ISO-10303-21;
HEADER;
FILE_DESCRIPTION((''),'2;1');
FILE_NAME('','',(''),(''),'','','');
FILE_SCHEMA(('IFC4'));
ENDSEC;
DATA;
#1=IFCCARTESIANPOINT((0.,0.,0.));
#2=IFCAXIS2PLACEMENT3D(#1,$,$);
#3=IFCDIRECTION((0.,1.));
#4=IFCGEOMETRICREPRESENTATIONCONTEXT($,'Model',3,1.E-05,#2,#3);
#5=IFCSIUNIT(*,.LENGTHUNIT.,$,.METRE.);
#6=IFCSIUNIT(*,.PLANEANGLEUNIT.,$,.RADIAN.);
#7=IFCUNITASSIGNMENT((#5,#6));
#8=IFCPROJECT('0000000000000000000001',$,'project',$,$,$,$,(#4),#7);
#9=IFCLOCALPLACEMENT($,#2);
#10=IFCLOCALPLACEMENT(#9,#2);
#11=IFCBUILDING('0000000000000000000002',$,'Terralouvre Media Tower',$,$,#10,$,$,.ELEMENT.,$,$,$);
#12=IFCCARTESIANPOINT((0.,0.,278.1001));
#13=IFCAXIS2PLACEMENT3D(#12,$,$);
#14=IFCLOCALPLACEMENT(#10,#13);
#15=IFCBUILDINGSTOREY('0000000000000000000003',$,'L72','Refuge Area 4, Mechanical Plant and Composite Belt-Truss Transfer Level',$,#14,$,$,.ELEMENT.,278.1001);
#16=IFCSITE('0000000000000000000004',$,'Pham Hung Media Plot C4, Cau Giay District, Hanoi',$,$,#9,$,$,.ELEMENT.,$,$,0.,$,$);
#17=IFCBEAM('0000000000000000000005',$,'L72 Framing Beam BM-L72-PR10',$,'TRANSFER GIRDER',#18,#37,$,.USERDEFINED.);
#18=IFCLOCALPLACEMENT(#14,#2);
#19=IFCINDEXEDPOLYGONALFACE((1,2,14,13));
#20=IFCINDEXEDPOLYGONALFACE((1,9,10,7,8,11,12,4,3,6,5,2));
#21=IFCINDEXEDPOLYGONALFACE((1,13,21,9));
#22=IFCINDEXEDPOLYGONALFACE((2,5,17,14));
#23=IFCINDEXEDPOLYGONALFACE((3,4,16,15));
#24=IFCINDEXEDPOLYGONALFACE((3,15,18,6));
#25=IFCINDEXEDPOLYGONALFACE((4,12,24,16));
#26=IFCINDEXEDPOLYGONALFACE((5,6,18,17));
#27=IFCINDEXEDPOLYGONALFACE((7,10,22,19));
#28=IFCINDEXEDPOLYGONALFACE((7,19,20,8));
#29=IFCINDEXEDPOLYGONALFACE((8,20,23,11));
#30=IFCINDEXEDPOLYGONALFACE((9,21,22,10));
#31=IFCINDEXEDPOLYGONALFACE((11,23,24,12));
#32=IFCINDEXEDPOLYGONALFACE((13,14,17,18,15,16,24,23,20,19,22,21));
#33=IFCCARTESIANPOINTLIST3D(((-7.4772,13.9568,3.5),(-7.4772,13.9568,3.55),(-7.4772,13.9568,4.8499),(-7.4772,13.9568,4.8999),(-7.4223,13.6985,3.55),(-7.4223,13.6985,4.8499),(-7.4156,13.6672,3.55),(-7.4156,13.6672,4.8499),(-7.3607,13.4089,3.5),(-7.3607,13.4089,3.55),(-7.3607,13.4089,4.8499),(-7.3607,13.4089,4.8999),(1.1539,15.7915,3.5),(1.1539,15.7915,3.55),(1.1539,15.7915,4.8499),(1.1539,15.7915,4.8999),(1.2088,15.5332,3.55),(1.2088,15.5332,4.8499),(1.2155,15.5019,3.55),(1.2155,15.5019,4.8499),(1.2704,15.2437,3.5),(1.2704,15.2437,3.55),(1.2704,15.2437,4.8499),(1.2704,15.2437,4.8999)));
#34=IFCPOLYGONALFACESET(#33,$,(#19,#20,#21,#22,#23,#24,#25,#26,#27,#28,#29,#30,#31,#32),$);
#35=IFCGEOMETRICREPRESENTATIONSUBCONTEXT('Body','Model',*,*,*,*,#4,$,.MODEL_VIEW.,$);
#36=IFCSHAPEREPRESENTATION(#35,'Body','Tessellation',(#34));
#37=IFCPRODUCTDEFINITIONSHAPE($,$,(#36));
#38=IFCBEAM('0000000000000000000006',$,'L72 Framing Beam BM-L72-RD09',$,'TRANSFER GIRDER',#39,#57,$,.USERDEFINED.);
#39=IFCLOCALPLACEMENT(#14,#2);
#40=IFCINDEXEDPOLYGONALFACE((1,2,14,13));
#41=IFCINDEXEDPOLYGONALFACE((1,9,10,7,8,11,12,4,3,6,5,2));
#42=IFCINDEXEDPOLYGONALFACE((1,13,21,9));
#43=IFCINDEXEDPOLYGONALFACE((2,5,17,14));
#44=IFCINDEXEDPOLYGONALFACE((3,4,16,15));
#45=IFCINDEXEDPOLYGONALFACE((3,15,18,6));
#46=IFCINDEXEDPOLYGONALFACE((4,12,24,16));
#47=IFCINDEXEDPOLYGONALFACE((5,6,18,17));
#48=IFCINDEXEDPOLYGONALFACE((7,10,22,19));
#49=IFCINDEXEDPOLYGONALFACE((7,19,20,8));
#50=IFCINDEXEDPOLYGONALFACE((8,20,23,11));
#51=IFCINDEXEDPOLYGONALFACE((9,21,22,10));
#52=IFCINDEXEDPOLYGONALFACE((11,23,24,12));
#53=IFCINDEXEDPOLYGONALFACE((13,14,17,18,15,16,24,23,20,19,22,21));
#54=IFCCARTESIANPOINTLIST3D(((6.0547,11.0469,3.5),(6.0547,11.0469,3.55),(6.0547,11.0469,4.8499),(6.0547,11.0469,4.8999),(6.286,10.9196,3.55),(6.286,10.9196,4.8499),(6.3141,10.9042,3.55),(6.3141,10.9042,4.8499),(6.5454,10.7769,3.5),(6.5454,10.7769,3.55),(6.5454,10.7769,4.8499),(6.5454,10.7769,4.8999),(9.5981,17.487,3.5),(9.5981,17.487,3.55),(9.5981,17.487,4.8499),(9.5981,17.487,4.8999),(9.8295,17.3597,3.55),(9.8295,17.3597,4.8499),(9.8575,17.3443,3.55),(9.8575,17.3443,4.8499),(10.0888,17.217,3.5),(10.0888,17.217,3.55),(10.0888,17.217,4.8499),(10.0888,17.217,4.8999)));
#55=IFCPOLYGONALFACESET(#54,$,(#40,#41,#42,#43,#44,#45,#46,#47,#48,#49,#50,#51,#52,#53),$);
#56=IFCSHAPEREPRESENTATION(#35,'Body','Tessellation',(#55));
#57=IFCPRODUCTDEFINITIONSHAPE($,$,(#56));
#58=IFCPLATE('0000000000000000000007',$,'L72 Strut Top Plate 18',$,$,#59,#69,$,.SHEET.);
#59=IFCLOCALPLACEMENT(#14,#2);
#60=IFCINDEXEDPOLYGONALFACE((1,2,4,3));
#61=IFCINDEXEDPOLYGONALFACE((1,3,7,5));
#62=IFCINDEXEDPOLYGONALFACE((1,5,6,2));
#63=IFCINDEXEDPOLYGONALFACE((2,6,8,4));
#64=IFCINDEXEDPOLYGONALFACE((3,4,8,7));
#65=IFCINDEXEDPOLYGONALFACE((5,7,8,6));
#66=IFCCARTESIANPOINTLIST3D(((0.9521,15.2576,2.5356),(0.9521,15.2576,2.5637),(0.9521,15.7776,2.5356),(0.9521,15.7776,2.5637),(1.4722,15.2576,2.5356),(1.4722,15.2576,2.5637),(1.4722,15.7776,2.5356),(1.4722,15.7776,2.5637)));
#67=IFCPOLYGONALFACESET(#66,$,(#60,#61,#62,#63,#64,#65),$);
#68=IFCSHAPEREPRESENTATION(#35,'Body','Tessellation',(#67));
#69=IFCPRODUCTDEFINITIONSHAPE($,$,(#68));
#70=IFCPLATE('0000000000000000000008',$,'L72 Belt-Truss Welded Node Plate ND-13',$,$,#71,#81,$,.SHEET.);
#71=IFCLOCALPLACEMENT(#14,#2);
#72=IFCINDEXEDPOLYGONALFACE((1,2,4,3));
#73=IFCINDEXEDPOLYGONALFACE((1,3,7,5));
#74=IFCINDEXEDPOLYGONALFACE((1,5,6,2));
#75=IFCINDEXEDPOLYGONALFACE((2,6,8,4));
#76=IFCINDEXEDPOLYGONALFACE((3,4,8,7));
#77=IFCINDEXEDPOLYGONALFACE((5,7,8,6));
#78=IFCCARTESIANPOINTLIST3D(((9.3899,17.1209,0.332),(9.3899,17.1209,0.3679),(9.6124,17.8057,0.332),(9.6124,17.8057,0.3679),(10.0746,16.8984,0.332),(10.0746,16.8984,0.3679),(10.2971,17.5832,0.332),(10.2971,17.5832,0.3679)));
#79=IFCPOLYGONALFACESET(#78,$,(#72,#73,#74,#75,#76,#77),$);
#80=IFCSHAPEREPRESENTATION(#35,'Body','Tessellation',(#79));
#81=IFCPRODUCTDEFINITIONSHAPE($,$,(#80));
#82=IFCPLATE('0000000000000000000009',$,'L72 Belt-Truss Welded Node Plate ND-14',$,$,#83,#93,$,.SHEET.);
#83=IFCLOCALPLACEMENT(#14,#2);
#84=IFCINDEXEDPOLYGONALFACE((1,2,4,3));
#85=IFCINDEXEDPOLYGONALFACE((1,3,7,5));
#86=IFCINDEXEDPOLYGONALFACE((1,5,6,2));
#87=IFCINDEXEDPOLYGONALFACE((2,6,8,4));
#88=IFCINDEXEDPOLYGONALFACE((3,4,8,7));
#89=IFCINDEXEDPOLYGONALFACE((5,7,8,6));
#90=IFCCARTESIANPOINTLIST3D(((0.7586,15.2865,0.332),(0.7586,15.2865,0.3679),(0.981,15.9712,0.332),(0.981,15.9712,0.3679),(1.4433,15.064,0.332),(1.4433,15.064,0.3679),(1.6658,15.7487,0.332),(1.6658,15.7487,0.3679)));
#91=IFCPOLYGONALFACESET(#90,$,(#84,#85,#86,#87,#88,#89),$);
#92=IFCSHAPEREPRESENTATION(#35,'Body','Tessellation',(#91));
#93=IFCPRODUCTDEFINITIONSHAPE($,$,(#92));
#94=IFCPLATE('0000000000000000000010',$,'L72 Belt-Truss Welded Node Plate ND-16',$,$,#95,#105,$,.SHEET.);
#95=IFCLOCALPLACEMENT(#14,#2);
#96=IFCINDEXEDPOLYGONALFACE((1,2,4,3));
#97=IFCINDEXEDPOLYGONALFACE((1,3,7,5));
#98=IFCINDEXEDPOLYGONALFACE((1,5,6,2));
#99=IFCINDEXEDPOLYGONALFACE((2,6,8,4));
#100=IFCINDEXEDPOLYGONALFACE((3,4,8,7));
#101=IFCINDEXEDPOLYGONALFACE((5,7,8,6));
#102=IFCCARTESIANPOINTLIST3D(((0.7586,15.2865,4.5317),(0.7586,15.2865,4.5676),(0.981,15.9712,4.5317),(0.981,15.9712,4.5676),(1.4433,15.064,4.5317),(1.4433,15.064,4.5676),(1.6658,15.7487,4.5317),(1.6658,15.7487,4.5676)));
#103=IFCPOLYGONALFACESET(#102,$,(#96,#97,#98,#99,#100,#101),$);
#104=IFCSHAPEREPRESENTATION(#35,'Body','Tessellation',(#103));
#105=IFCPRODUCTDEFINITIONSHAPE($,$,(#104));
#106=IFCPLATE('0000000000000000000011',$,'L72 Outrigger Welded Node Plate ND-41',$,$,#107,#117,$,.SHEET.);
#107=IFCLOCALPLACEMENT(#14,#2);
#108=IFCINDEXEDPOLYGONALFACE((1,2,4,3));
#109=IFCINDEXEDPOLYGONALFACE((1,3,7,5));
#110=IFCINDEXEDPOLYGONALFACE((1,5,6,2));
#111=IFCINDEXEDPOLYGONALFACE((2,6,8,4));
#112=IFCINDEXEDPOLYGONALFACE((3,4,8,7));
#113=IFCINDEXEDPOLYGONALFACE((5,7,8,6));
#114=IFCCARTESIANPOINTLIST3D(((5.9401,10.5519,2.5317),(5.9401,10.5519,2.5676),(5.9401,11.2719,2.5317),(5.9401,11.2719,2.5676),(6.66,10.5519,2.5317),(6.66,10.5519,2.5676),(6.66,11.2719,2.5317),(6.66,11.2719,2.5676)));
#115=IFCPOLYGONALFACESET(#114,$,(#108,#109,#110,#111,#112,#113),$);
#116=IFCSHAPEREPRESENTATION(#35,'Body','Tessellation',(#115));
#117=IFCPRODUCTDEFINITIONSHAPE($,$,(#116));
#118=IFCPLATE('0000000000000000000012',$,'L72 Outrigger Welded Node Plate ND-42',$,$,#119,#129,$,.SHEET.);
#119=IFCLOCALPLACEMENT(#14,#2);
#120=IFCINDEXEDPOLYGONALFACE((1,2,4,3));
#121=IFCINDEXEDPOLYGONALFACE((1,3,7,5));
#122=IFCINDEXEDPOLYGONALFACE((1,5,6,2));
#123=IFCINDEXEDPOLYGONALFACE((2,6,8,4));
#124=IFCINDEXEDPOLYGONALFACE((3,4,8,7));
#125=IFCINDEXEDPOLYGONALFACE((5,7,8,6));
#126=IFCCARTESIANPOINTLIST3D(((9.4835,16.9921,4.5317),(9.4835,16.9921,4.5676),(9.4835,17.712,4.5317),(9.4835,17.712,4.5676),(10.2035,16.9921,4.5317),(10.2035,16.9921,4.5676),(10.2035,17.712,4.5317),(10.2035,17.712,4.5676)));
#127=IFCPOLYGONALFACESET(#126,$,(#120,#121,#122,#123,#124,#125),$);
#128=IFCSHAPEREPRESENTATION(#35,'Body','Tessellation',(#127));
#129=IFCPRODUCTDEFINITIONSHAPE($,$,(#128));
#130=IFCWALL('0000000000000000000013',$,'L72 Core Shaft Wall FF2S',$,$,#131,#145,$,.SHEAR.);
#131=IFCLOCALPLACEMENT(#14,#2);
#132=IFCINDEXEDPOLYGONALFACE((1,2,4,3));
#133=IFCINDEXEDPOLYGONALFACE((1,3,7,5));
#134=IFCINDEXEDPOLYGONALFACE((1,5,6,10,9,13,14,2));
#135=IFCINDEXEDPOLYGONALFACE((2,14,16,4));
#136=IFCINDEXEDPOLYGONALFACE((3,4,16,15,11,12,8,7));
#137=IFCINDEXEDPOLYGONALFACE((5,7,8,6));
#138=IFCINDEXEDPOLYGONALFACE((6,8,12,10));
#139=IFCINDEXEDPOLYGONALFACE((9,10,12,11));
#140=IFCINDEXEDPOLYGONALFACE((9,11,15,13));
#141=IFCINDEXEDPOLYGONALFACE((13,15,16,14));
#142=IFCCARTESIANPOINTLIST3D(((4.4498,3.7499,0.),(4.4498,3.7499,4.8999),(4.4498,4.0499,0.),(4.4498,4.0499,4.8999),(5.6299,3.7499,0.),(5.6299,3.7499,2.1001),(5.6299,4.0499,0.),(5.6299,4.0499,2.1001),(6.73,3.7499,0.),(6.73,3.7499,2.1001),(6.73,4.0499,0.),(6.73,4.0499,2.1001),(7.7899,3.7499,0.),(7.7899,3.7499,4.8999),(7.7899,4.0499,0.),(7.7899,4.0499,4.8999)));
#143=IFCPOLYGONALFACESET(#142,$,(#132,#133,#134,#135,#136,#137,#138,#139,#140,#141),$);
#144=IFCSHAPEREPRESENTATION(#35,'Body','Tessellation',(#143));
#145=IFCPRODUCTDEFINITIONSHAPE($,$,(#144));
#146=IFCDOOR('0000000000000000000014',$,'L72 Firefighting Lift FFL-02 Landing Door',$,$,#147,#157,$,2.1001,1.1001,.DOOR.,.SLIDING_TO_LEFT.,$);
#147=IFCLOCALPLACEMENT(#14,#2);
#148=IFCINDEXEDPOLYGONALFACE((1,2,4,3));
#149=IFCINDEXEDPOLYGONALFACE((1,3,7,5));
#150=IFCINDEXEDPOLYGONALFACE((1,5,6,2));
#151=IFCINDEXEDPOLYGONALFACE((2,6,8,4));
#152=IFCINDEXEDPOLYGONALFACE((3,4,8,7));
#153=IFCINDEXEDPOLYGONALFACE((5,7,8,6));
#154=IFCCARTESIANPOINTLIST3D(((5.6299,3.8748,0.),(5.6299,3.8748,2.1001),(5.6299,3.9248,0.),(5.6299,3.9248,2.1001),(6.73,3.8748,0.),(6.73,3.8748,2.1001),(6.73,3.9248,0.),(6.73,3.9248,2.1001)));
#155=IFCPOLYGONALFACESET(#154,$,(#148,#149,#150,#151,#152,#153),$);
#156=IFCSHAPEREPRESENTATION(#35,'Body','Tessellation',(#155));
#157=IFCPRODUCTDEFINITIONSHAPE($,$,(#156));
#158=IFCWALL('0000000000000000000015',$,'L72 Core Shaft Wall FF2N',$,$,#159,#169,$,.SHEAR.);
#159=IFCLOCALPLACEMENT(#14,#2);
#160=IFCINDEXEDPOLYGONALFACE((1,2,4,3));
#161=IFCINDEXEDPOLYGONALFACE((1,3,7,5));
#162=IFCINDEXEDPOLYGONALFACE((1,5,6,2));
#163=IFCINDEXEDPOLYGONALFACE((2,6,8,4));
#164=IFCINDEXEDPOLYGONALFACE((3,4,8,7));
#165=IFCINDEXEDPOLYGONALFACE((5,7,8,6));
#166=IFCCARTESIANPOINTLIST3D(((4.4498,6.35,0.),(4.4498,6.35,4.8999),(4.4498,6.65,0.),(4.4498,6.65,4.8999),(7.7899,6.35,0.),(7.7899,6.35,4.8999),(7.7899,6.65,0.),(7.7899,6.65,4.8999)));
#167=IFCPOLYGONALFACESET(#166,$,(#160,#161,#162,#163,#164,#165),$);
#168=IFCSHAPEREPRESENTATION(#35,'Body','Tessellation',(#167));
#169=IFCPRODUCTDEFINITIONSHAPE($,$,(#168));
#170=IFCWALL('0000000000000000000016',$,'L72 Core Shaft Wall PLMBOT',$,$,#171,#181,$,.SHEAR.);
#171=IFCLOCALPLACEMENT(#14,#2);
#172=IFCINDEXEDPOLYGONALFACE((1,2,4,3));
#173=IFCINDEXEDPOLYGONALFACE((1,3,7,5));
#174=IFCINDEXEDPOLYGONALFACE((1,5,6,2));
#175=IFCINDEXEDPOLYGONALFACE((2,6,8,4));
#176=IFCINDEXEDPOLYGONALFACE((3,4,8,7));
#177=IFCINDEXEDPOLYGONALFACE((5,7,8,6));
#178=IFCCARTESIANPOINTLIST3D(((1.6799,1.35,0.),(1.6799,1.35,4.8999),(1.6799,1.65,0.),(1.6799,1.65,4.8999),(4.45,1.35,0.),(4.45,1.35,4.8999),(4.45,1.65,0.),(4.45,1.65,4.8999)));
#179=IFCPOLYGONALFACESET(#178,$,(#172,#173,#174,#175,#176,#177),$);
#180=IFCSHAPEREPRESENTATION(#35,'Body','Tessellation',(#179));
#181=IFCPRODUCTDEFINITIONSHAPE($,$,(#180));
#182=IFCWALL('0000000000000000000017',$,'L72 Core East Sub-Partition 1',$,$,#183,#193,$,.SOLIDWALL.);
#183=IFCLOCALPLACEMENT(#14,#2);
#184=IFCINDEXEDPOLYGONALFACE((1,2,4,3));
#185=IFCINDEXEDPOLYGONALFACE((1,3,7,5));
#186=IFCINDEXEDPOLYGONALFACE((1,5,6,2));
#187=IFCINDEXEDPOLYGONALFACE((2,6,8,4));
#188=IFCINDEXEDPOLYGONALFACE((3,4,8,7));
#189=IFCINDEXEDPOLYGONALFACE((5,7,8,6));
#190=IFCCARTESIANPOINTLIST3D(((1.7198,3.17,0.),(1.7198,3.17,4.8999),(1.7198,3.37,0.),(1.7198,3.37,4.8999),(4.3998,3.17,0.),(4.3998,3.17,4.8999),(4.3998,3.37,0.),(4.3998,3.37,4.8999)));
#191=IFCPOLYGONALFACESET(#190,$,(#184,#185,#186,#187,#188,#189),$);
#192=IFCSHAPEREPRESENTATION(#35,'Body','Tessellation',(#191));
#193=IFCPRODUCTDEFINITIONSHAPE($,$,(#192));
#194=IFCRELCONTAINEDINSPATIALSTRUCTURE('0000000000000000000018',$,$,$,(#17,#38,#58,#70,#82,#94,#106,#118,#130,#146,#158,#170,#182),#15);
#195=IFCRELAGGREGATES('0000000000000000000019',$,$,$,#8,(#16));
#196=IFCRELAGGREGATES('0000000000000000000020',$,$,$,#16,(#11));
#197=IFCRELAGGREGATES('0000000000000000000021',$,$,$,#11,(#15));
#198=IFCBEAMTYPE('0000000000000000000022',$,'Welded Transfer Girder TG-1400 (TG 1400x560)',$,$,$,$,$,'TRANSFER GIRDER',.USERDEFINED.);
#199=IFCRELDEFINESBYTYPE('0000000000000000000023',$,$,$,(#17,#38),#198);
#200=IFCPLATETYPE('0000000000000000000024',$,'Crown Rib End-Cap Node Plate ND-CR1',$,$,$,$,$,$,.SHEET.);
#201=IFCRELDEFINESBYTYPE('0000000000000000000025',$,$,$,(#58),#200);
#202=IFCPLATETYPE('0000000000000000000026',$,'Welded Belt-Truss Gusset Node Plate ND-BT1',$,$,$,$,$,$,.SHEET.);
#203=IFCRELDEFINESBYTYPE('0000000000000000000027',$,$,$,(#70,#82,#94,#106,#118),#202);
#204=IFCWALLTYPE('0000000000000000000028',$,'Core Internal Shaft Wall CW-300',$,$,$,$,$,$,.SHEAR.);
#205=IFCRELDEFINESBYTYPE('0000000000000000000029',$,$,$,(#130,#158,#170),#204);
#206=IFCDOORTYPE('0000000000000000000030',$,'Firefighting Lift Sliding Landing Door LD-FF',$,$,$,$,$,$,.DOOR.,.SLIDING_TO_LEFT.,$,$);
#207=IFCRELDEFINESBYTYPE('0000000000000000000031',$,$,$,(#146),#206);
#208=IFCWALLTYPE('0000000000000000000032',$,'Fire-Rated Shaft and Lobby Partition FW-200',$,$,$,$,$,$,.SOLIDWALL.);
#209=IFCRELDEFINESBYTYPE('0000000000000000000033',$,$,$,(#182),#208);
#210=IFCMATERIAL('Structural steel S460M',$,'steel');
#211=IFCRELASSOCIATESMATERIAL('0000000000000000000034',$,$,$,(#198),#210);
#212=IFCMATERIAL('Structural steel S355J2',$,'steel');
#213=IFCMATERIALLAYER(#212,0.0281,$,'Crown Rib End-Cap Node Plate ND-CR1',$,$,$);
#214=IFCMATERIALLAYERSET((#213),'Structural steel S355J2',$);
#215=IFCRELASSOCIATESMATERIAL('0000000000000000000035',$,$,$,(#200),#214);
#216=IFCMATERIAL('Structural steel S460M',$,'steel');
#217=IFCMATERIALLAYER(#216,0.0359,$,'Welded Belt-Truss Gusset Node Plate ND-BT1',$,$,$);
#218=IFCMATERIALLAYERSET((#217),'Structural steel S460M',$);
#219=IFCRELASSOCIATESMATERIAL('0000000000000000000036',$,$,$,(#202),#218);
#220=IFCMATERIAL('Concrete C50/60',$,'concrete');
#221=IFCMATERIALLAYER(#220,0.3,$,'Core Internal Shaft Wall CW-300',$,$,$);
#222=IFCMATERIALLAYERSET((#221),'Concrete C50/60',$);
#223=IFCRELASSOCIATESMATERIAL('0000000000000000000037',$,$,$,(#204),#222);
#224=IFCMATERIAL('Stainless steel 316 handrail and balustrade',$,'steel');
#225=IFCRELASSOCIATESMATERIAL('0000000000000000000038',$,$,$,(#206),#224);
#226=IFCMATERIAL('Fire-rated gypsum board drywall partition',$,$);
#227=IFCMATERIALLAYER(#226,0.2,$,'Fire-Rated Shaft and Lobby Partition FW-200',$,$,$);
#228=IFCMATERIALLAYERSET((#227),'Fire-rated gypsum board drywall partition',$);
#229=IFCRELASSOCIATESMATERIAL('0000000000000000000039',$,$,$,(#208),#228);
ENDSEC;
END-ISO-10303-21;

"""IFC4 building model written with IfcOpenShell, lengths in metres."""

from ifc_helpers import new_model, si_unit, direction, frame, frame_2d, origin, origin_2d, place, context, subcontext, project, spatial, rectangle, i_section, extrude, material, layer, layer_set, material_profile, profile_set, type_object, element, fill, save


model = new_model("IFC4")

# Units and contexts
model_context = context("Model", 3, precision=1e-05, world=origin(), true_north=direction((0.0, 1.0)))
body_context = subcontext(model_context, "Body", "Model", "MODEL_VIEW")
ifc_project = project(units=[si_unit("LENGTHUNIT", "METRE"), si_unit("PLANEANGLEUNIT", "RADIAN")], contexts=[model_context])

# Site, building, storey
site_placement = place(None, origin())
site = spatial("IfcSite", under=ifc_project, at=site_placement, Name="Pham Hung Media Plot C4, Cau Giay District, Hanoi", CompositionType="ELEMENT", RefElevation=0.0)
building_placement = place(site_placement, origin())
building = spatial("IfcBuilding", under=site, at=building_placement, Name="Terralouvre Media Tower", CompositionType="ELEMENT")
storey_placement = place(building_placement, frame((0.0, 0.0, 278.1001)))
storey = spatial("IfcBuildingStorey", under=building, at=storey_placement, Name="L72", Description="Refuge Area 4, Mechanical Plant and Composite Belt-Truss Transfer Level", CompositionType="ELEMENT", Elevation=278.1001)

# Beams
ifc_material_1 = material(Name="Structural steel S460M", Category="steel")
ifc_material_profile_1 = material_profile(ifc_material_1, i_section(OverallWidth=0.5601, OverallDepth=1.3999, WebThickness=0.032, FlangeThickness=0.05, at=origin_2d()), Name="TG 1400x560")
ifc_profile_set_1 = profile_set([ifc_material_profile_1], Name="Structural steel S460M")
beam_type_1 = type_object("IfcBeamType", Name="Welded Transfer Girder TG-1400 (TG 1400x560)", ElementType="TRANSFER GIRDER", PredefinedType="USERDEFINED", material=ifc_profile_set_1)
beam_1_placement = place(storey_placement, frame((1.2122, 15.5176, 4.2), z_axis=(-0.978145, -0.207925, 0.0), x_axis=(0.207925, -0.978145, 0.0)))
element("IfcBeam", 1, at=beam_1_placement, inside=storey, type_object=beam_type_1, Name="L72 Framing Beam BM-L72-PR10", ObjectType="TRANSFER GIRDER", PredefinedType="USERDEFINED", context=body_context, shape_type="SweptSolid", body=[
    extrude(i_section(OverallWidth=0.5601, OverallDepth=1.3999, WebThickness=0.032, FlangeThickness=0.05, at=origin_2d()), origin(), (0.0, 0.0, 1.0), 8.824),
])
beam_2_placement = place(storey_placement, frame((6.3, 10.9119, 4.2), z_axis=(0.48206, 0.876138, 0.0), x_axis=(-0.876138, 0.48206, 0.0)))
element("IfcBeam", 2, at=beam_2_placement, inside=storey, type_object=beam_type_1, Name="L72 Framing Beam BM-L72-RD09", ObjectType="TRANSFER GIRDER", PredefinedType="USERDEFINED", context=body_context, shape_type="SweptSolid", body=[
    extrude(i_section(OverallWidth=0.5601, OverallDepth=1.3999, WebThickness=0.032, FlangeThickness=0.05, at=origin_2d()), origin(), (0.0, 0.0, 1.0), 7.3506),
])

# Plates
ifc_material_2 = material(Name="Structural steel S355J2", Category="steel")
ifc_layer_1 = layer(ifc_material_2, 0.0281, Name="Crown Rib End-Cap Node Plate ND-CR1")
ifc_layer_set_1 = layer_set([ifc_layer_1], Name="Structural steel S355J2")
plate_type_1 = type_object("IfcPlateType", Name="Crown Rib End-Cap Node Plate ND-CR1", PredefinedType="SHEET", material=ifc_layer_set_1)
plate_placement = place(storey_placement, frame((1.2122, 15.5176, 2.5356), z_axis=(0.0, 0.0, 1.0), x_axis=(1.0, 0.0, 0.0)))
element("IfcPlate", 3, at=plate_placement, inside=storey, type_object=plate_type_1, Name="L72 Strut Top Plate 18", PredefinedType="SHEET", context=body_context, shape_type="SweptSolid", body=[
    extrude(rectangle(XDim=0.52, YDim=0.52, at=origin_2d()), origin(), (0.0, 0.0, 1.0), 0.0281),
])
ifc_material_3 = material(Name="Structural steel S460M", Category="steel")
ifc_layer_2 = layer(ifc_material_3, 0.0359, Name="Welded Belt-Truss Gusset Node Plate ND-BT1")
ifc_layer_set_2 = layer_set([ifc_layer_2], Name="Structural steel S460M")
plate_type_2 = type_object("IfcPlateType", Name="Welded Belt-Truss Gusset Node Plate ND-BT1", PredefinedType="SHEET", material=ifc_layer_set_2)
for number, where, z_axis, x_axis, name in (
    (4, (9.8435, 17.3521, 0.332), (0.0, 0.0, 1.0), (0.309017, 0.951057, 0.0), "L72 Belt-Truss Welded Node Plate ND-13"),
    (5, (1.2122, 15.5176, 0.332), (0.0, 0.0, 1.0), (0.309017, 0.951057, 0.0), "L72 Belt-Truss Welded Node Plate ND-14"),
    (6, (1.2122, 15.5176, 4.5317), (0.0, 0.0, 1.0), (0.309017, 0.951057, 0.0), "L72 Belt-Truss Welded Node Plate ND-16"),
    (7, (6.3, 10.9119, 2.5317), (0.0, 0.0, 1.0), (1.0, 0.0, 0.0), "L72 Outrigger Welded Node Plate ND-41"),
    (8, (9.8435, 17.3521, 4.5317), (0.0, 0.0, 1.0), (1.0, 0.0, 0.0), "L72 Outrigger Welded Node Plate ND-42"),
):
    element("IfcPlate", number, at=place(storey_placement, frame(where, z_axis=z_axis, x_axis=x_axis)), inside=storey, type_object=plate_type_2, Name=name, PredefinedType="SHEET", context=body_context, shape_type="SweptSolid", body=[
        extrude(rectangle(XDim=0.72, YDim=0.72, at=origin_2d()), origin(), (0.0, 0.0, 1.0), 0.0359),
    ])

# Wall, opening, door
ifc_material_4 = material(Name="Concrete C50/60", Category="concrete")
ifc_layer_3 = layer(ifc_material_4, 0.3, Name="Core Internal Shaft Wall CW-300")
ifc_layer_set_3 = layer_set([ifc_layer_3], Name="Concrete C50/60")
wall_type_1 = type_object("IfcWallType", Name="Core Internal Shaft Wall CW-300", PredefinedType="SHEAR", material=ifc_layer_set_3)
wall_1_placement = place(storey_placement, frame((4.45, 3.8999, 0.0), z_axis=(0.0, 0.0, 1.0), x_axis=(1.0, 0.0, 0.0)))
wall_1 = element("IfcWall", 9, at=wall_1_placement, inside=storey, type_object=wall_type_1, Name="L72 Core Shaft Wall FF2S", PredefinedType="SHEAR", context=body_context, shape_type="SweptSolid", body=[
    extrude(rectangle(XDim=3.3401, YDim=0.3, at=frame_2d((1.6699, 0.0))), origin(), (0.0, 0.0, 1.0), 4.8999),
])
opening_1_placement = place(wall_1_placement, frame((1.1799, 0.0, 0.0)))
opening_1 = element("IfcOpeningElement", 10, at=opening_1_placement, cuts=wall_1, PredefinedType="OPENING", context=body_context, shape_type="SweptSolid", body=[
    extrude(rectangle(XDim=1.1001, YDim=2.1001, at=frame_2d((0.55, 1.05))), frame((0.0, 0.1599, 0.0), z_axis=(0.0, -1.0, 0.0), x_axis=(1.0, 0.0, 0.0)), (0.0, 0.0, 1.0), 0.3201),
])
ifc_material_5 = material(Name="Stainless steel 316 handrail and balustrade", Category="steel")
door_type_1 = type_object("IfcDoorType", Name="Firefighting Lift Sliding Landing Door LD-FF", OperationType="SLIDING_TO_LEFT", PredefinedType="DOOR", material=ifc_material_5)
door_1_placement = place(opening_1_placement, origin())
door_1 = element("IfcDoor", 11, at=door_1_placement, inside=storey, type_object=door_type_1, Name="L72 Firefighting Lift FFL-02 Landing Door", OperationType="SLIDING_TO_LEFT", OverallHeight=2.1001, OverallWidth=1.1001, PredefinedType="DOOR", context=body_context, shape_type="SweptSolid", body=[
    extrude(rectangle(XDim=1.1001, YDim=2.1001, at=frame_2d((0.55, 1.05))), frame((0.0, 0.0249, 0.0), z_axis=(0.0, -1.0, 0.0), x_axis=(1.0, 0.0, 0.0)), (0.0, 0.0, 1.0), 0.05),
])
fill(opening_1, door_1)

# Walls
wall_2_placement = place(storey_placement, frame((4.45, 6.5, 0.0), z_axis=(0.0, 0.0, 1.0), x_axis=(1.0, 0.0, 0.0)))
element("IfcWall", 12, at=wall_2_placement, inside=storey, type_object=wall_type_1, Name="L72 Core Shaft Wall FF2N", PredefinedType="SHEAR", context=body_context, shape_type="SweptSolid", body=[
    extrude(rectangle(XDim=3.3401, YDim=0.3, at=frame_2d((1.6699, 0.0))), origin(), (0.0, 0.0, 1.0), 4.8999),
])
wall_3_placement = place(storey_placement, frame((1.6799, 1.5, 0.0), z_axis=(0.0, 0.0, 1.0), x_axis=(1.0, 0.0, 0.0)))
element("IfcWall", 13, at=wall_3_placement, inside=storey, type_object=wall_type_1, Name="L72 Core Shaft Wall PLMBOT", PredefinedType="SHEAR", context=body_context, shape_type="SweptSolid", body=[
    extrude(rectangle(XDim=2.77, YDim=0.3, at=frame_2d((1.385, 0.0))), origin(), (0.0, 0.0, 1.0), 4.8999),
])
ifc_material_6 = material(Name="Fire-rated gypsum board drywall partition")
ifc_layer_4 = layer(ifc_material_6, 0.2, Name="Fire-Rated Shaft and Lobby Partition FW-200")
ifc_layer_set_4 = layer_set([ifc_layer_4], Name="Fire-rated gypsum board drywall partition")
wall_type_2 = type_object("IfcWallType", Name="Fire-Rated Shaft and Lobby Partition FW-200", PredefinedType="SOLIDWALL", material=ifc_layer_set_4)
wall_4_placement = place(storey_placement, frame((1.72, 3.27, 0.0), z_axis=(0.0, 0.0, 1.0), x_axis=(1.0, 0.0, 0.0)))
element("IfcWall", 14, at=wall_4_placement, inside=storey, type_object=wall_type_2, Name="L72 Core East Sub-Partition 1", PredefinedType="SOLIDWALL", context=body_context, shape_type="SweptSolid", body=[
    extrude(rectangle(XDim=2.6799, YDim=0.2, at=frame_2d((1.3398, 0.0))), origin(), (0.0, 0.0, 1.0), 4.8999),
])

save(model, "model.ifc")
